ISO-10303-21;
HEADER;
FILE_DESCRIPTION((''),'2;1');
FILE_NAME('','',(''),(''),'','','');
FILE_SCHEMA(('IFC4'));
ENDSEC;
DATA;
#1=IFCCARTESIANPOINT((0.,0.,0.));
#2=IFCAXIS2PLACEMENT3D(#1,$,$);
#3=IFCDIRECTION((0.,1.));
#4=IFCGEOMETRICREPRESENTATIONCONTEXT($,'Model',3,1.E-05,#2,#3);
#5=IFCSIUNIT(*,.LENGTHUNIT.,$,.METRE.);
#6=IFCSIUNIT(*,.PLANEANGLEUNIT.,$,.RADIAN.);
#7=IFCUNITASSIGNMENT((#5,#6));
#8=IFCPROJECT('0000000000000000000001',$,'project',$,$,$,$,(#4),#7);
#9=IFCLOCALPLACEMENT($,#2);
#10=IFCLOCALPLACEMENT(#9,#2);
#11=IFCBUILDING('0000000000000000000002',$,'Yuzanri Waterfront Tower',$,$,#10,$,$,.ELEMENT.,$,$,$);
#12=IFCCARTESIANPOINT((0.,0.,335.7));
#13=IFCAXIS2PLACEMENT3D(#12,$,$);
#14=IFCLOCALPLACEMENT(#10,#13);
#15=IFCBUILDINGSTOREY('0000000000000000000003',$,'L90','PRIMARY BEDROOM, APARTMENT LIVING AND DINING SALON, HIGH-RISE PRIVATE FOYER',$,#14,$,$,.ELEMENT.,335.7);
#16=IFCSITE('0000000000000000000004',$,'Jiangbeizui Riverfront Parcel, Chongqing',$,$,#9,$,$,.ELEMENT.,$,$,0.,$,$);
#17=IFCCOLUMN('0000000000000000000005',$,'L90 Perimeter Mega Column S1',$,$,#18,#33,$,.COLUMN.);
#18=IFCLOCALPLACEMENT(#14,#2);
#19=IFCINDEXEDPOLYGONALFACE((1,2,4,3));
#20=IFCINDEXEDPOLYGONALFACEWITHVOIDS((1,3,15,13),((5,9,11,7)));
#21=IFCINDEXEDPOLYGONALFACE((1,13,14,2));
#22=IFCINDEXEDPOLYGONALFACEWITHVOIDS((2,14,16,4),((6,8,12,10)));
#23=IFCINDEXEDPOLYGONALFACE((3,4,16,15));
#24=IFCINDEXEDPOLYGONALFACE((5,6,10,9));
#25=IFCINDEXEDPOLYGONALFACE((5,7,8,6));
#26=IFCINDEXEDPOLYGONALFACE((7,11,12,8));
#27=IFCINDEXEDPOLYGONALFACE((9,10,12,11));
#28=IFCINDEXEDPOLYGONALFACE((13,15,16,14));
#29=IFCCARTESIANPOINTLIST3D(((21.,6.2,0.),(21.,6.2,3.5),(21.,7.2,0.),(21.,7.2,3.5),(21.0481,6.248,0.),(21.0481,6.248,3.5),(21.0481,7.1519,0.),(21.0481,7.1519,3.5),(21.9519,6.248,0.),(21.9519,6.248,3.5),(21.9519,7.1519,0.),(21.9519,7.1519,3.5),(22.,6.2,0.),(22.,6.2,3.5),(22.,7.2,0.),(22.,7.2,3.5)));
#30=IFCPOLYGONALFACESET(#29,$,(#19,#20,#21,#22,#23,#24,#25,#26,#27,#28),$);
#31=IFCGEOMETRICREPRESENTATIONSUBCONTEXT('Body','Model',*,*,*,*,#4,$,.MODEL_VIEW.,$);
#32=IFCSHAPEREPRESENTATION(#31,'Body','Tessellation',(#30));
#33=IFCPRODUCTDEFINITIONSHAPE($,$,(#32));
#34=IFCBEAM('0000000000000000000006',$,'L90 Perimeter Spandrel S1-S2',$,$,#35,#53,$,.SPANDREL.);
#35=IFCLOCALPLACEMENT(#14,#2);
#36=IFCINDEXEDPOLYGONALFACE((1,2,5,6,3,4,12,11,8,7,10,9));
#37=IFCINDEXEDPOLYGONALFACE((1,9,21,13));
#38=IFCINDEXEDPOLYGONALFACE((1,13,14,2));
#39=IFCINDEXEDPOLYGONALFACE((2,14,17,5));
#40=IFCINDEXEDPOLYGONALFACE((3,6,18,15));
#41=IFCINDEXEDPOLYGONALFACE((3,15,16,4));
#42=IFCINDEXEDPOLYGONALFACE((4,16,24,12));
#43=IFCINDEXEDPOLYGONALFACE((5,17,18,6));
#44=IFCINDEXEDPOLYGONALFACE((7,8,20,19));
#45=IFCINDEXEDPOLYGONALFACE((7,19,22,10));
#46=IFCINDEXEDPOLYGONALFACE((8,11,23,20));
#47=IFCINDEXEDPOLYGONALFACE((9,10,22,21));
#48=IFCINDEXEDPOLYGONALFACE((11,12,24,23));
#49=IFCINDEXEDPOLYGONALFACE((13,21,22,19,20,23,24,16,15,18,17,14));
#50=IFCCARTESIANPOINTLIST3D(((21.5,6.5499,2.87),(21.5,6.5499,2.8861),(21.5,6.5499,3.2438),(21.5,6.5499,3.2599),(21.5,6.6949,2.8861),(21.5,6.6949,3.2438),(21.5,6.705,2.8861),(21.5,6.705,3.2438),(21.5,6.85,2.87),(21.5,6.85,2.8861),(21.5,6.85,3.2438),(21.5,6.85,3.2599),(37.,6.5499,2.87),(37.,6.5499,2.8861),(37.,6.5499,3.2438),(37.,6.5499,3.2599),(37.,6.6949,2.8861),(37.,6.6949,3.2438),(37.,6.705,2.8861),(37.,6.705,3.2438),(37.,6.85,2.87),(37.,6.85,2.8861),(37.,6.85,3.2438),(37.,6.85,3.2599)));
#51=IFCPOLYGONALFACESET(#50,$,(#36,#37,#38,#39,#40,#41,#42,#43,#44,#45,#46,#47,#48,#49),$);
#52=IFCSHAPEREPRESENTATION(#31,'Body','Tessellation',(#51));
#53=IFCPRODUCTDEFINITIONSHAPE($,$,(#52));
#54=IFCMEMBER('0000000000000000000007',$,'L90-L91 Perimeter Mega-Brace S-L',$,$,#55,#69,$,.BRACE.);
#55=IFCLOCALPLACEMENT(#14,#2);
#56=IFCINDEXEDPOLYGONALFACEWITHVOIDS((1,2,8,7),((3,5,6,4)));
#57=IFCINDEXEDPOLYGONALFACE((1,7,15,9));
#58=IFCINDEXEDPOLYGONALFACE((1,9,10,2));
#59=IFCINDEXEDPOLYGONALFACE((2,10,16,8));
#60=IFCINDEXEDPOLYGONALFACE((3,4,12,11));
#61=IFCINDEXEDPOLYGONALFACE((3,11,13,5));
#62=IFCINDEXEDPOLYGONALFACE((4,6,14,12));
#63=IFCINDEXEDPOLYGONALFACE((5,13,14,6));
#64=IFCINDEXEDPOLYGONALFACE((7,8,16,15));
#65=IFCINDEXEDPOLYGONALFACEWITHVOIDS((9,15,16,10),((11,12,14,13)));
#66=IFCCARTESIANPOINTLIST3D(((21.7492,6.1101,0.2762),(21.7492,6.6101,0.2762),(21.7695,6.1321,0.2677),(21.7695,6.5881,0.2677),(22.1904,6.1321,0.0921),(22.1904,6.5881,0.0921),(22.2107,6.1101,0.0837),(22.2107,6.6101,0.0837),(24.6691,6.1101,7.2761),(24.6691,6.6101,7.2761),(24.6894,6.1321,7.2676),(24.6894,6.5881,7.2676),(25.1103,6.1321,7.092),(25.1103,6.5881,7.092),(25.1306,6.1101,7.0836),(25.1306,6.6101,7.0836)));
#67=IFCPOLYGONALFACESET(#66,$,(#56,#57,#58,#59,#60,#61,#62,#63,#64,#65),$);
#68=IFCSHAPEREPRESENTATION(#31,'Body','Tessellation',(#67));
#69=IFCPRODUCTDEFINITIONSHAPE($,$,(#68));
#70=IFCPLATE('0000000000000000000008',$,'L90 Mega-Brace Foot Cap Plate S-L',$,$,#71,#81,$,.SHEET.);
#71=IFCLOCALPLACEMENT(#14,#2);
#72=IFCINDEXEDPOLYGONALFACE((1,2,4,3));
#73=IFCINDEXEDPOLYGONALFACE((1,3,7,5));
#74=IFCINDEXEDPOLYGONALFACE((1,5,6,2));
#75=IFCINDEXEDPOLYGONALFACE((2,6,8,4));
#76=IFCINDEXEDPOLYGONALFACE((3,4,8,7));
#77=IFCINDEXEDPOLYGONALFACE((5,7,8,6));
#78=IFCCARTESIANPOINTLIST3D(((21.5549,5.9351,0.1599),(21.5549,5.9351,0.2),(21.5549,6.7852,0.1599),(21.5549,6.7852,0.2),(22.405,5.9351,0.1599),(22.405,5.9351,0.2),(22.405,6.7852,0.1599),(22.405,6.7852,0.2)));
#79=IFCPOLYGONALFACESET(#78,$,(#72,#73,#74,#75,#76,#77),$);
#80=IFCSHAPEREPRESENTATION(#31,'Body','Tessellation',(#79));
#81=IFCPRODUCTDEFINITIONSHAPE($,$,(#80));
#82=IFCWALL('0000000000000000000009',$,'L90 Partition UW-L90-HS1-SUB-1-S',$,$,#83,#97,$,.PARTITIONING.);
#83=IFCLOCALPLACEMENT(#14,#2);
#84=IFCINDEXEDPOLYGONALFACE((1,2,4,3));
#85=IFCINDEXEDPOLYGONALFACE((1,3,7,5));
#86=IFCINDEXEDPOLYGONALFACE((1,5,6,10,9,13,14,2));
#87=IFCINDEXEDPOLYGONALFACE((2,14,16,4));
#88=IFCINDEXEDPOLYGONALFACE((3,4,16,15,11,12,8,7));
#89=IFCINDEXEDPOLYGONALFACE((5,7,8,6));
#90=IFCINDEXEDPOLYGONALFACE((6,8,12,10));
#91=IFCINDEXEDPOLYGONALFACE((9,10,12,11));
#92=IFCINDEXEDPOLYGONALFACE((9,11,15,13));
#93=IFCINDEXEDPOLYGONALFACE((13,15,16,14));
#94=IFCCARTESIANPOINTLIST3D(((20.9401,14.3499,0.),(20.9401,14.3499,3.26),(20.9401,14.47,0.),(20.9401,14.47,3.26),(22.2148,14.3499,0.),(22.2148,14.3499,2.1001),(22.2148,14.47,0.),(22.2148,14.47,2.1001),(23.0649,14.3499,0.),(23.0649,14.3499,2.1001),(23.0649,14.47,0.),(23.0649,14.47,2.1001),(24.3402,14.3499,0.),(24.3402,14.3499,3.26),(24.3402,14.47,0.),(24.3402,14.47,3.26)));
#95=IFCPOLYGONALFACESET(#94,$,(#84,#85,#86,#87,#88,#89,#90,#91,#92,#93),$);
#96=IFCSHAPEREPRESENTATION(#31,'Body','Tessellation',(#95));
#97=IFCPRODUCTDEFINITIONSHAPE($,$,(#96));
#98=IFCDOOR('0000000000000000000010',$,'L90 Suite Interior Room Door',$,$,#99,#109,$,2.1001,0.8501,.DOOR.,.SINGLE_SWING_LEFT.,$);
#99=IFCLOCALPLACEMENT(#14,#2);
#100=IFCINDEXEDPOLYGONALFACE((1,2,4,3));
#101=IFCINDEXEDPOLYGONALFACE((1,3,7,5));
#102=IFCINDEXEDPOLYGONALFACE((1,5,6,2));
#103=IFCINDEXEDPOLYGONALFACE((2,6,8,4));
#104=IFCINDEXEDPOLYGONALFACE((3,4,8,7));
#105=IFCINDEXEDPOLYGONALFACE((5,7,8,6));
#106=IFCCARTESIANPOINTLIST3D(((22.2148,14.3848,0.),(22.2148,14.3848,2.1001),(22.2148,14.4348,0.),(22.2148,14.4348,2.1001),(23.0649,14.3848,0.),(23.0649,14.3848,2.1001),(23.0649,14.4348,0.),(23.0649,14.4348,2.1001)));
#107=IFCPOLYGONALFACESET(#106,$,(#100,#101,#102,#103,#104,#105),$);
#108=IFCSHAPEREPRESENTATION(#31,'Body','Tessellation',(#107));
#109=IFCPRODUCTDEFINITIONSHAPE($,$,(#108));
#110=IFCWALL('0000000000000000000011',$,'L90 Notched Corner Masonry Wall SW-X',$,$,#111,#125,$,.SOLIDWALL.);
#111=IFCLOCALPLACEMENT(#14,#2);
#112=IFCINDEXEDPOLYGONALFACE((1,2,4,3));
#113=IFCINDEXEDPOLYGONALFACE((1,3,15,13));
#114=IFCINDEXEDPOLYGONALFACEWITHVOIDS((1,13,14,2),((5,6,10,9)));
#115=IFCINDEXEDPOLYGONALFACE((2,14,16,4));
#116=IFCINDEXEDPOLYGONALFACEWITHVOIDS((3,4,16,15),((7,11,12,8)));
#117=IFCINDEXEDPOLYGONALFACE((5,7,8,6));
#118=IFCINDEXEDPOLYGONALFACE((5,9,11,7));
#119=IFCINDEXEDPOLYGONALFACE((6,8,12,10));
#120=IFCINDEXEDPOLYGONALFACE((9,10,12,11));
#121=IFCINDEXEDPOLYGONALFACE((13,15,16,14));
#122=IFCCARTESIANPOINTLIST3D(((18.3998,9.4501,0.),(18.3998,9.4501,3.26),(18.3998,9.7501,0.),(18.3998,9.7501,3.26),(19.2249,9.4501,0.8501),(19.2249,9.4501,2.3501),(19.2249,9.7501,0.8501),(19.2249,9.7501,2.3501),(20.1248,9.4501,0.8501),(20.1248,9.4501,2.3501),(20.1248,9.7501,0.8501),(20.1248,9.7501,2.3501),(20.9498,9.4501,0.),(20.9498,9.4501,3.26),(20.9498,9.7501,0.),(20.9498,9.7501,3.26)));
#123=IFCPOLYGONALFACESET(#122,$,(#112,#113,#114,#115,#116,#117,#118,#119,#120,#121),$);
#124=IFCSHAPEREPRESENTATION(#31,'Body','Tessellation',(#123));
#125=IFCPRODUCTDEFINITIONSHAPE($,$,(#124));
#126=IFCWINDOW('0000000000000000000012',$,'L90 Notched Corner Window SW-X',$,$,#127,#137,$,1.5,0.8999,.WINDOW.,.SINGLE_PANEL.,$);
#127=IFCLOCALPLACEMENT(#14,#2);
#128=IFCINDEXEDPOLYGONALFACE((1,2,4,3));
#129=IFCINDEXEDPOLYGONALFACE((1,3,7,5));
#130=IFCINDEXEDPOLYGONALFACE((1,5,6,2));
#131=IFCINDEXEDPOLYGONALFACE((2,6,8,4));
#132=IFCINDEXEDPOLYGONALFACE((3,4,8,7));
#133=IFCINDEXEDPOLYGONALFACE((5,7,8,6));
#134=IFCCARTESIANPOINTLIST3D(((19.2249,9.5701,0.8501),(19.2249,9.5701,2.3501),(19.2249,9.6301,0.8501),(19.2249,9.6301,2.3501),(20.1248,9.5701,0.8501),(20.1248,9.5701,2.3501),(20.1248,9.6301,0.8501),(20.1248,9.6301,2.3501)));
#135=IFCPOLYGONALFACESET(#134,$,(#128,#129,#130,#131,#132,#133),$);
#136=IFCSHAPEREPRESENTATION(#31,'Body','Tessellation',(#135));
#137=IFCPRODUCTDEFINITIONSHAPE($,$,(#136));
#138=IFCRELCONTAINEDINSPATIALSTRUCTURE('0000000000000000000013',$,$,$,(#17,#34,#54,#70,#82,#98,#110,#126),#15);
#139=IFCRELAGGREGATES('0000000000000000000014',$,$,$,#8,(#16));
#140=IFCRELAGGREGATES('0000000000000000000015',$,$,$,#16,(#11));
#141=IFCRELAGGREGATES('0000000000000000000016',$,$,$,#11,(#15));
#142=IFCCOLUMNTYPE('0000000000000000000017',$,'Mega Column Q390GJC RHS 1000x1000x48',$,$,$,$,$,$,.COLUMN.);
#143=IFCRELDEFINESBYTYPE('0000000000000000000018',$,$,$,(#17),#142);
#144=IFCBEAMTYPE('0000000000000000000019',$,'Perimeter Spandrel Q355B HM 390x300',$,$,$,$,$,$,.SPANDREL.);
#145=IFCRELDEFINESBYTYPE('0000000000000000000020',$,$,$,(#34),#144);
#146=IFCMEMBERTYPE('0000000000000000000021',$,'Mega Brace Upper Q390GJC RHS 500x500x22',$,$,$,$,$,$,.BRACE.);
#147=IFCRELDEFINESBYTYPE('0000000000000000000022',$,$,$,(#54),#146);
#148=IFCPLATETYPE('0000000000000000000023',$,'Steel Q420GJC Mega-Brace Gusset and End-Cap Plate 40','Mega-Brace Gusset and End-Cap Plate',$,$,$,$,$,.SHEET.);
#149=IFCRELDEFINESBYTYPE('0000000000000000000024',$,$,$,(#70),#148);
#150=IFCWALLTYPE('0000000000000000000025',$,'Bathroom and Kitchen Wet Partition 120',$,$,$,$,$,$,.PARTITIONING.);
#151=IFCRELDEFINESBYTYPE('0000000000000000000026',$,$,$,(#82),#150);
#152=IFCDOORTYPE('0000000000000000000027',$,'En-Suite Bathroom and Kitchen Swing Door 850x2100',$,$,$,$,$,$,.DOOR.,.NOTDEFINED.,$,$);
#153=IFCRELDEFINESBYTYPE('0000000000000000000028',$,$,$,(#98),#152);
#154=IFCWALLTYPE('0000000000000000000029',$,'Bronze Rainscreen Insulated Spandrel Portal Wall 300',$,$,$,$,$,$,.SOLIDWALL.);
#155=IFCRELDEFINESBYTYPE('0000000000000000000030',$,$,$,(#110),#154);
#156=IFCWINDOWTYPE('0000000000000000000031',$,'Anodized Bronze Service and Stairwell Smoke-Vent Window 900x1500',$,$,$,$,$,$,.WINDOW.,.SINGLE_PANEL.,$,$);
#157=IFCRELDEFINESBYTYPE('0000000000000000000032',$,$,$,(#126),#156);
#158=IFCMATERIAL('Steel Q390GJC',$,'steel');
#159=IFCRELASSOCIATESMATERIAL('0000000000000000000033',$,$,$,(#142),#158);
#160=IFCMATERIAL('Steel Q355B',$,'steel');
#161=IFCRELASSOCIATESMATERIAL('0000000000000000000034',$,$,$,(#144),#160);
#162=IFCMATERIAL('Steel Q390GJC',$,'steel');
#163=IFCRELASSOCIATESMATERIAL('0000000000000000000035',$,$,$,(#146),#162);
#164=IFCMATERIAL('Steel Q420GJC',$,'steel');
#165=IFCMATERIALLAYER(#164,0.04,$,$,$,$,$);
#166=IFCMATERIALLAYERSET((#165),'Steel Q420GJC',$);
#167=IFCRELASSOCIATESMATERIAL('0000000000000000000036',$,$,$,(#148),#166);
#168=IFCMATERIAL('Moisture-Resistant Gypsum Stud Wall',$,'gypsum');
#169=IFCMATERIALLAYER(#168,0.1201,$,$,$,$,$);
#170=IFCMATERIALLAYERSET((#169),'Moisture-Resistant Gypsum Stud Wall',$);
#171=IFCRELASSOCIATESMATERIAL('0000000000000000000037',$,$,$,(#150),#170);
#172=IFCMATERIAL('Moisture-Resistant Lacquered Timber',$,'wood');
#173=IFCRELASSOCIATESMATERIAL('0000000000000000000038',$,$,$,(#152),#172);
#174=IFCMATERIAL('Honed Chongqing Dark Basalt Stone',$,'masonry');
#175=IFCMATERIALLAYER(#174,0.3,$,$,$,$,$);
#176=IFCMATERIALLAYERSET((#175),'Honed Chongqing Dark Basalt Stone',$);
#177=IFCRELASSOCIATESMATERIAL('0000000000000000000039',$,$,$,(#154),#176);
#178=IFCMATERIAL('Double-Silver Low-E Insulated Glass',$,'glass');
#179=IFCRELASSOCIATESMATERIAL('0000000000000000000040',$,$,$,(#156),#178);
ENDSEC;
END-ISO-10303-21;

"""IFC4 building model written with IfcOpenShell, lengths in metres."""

from ifc_helpers import new_model, si_unit, direction, frame, frame_2d, origin, origin_2d, place, context, subcontext, project, spatial, rectangle, hollow_rectangle, i_section, extrude, source, transform, mapped, material, layer, layer_set, material_profile, profile_set, type_object, element, fill, save


model = new_model("IFC4")

# Units and contexts
model_context = context("Model", 3, precision=1e-05, world=origin(), true_north=direction((0.0, 1.0)))
body_context = subcontext(model_context, "Body", "Model", "MODEL_VIEW")
ifc_project = project(units=[si_unit("LENGTHUNIT", "METRE"), si_unit("PLANEANGLEUNIT", "RADIAN")], contexts=[model_context])

# Site, building, storey
site_placement = place(None, origin())
site = spatial("IfcSite", under=ifc_project, at=site_placement, Name="Jiangbeizui Riverfront Parcel, Chongqing", CompositionType="ELEMENT", RefElevation=0.0)
building_placement = place(site_placement, origin())
building = spatial("IfcBuilding", under=site, at=building_placement, Name="Yuzanri Waterfront Tower", CompositionType="ELEMENT")
storey_placement = place(building_placement, frame((0.0, 0.0, 335.7)))
storey = spatial("IfcBuildingStorey", under=building, at=storey_placement, Name="L90", Description="PRIMARY BEDROOM, APARTMENT LIVING AND DINING SALON, HIGH-RISE PRIVATE FOYER", CompositionType="ELEMENT", Elevation=335.7)

# Column
ifc_material_1 = material(Name="Steel Q390GJC", Category="steel")
ifc_material_profile_1 = material_profile(ifc_material_1, hollow_rectangle(XDim=1.0, YDim=1.0, WallThickness=0.0481, at=origin_2d()), Name="RHS 1000x1000x48")
ifc_profile_set_1 = profile_set([ifc_material_profile_1], Name="Steel Q390GJC")
column_type = type_object("IfcColumnType", Name="Mega Column Q390GJC RHS 1000x1000x48", PredefinedType="COLUMN", material=ifc_profile_set_1)
shared_shape_1 = source(origin(), body_context, "Body", "SweptSolid", [
    extrude(hollow_rectangle(XDim=1.0, YDim=1.0, WallThickness=0.0481, at=origin_2d()), origin(), (0.0, 0.0, 1.0), 3.5),
])
column_placement = place(storey_placement, frame((21.5, 6.7, 0.0), z_axis=(0.0, 0.0, 1.0), x_axis=(1.0, 0.0, 0.0)))
element("IfcColumn", 1, at=column_placement, inside=storey, type_object=column_type, Name="L90 Perimeter Mega Column S1", PredefinedType="COLUMN", context=body_context, shape_type="MappedRepresentation", body=[
    mapped(shared_shape_1, transform((0.0, 0.0, 0.0), scale=1.0)),
])

# Beam
ifc_material_2 = material(Name="Steel Q355B", Category="steel")
ifc_material_profile_2 = material_profile(ifc_material_2, i_section(OverallWidth=0.3, OverallDepth=0.3899, WebThickness=0.01, FlangeThickness=0.0161, at=origin_2d()), Name="HM 390x300x10x16")
ifc_profile_set_2 = profile_set([ifc_material_profile_2], Name="Steel Q355B")
beam_type = type_object("IfcBeamType", Name="Perimeter Spandrel Q355B HM 390x300", PredefinedType="SPANDREL", material=ifc_profile_set_2)
shared_shape_2 = source(origin(), body_context, "Body", "SweptSolid", [
    extrude(i_section(OverallWidth=0.3, OverallDepth=0.3899, WebThickness=0.01, FlangeThickness=0.0161, at=origin_2d()), origin(), (0.0, 0.0, 1.0), 15.5),
])
beam_placement = place(storey_placement, frame((21.5, 6.7, 3.0649), z_axis=(1.0, 0.0, 0.0), x_axis=(0.0, 1.0, 0.0)))
element("IfcBeam", 2, at=beam_placement, inside=storey, type_object=beam_type, Name="L90 Perimeter Spandrel S1-S2", PredefinedType="SPANDREL", context=body_context, shape_type="MappedRepresentation", body=[
    mapped(shared_shape_2, transform((0.0, 0.0, 0.0), scale=1.0)),
])

# Member
ifc_material_3 = material(Name="Steel Q390GJC", Category="steel")
ifc_material_profile_3 = material_profile(ifc_material_3, hollow_rectangle(XDim=0.5, YDim=0.5, WallThickness=0.022, at=origin_2d()), Name="RHS 500x500x22")
ifc_profile_set_3 = profile_set([ifc_material_profile_3], Name="Steel Q390GJC")
member_type = type_object("IfcMemberType", Name="Mega Brace Upper Q390GJC RHS 500x500x22", PredefinedType="BRACE", material=ifc_profile_set_3)
shared_shape_3 = source(origin(), body_context, "Body", "SweptSolid", [
    extrude(hollow_rectangle(XDim=0.5, YDim=0.5, WallThickness=0.022, at=origin_2d()), origin(), (0.0, 0.0, 1.0), 7.5845),
])
member_placement = place(storey_placement, frame((21.98, 6.3601, 0.1799), z_axis=(0.384981, 0.0, 0.922924), x_axis=(0.0, 1.0, 0.0)))
element("IfcMember", 3, at=member_placement, inside=storey, type_object=member_type, Name="L90-L91 Perimeter Mega-Brace S-L", PredefinedType="BRACE", context=body_context, shape_type="MappedRepresentation", body=[
    mapped(shared_shape_3, transform((0.0, 0.0, 0.0), scale=1.0)),
])

# Plate
ifc_material_4 = material(Name="Steel Q420GJC", Category="steel")
ifc_layer_1 = layer(ifc_material_4, 0.04)
ifc_layer_set_1 = layer_set([ifc_layer_1], Name="Steel Q420GJC")
plate_type = type_object("IfcPlateType", Name="Steel Q420GJC Mega-Brace Gusset and End-Cap Plate 40", Description="Mega-Brace Gusset and End-Cap Plate", PredefinedType="SHEET", material=ifc_layer_set_1)
shared_shape_4 = source(origin(), body_context, "Body", "SweptSolid", [
    extrude(rectangle(XDim=0.8501, YDim=0.8501, at=origin_2d()), origin(), (0.0, 0.0, 1.0), 0.04),
])
plate_placement = place(storey_placement, frame((21.98, 6.3601, 0.1599), z_axis=(0.0, 0.0, 1.0), x_axis=(1.0, 0.0, 0.0)))
element("IfcPlate", 4, at=plate_placement, inside=storey, type_object=plate_type, Name="L90 Mega-Brace Foot Cap Plate S-L", PredefinedType="SHEET", context=body_context, shape_type="MappedRepresentation", body=[
    mapped(shared_shape_4, transform((0.0, 0.0, 0.0), scale=1.0)),
])

# Wall, opening, door
ifc_material_5 = material(Name="Moisture-Resistant Gypsum Stud Wall", Category="gypsum")
ifc_layer_2 = layer(ifc_material_5, 0.1201)
ifc_layer_set_2 = layer_set([ifc_layer_2], Name="Moisture-Resistant Gypsum Stud Wall")
wall_type_1 = type_object("IfcWallType", Name="Bathroom and Kitchen Wet Partition 120", PredefinedType="PARTITIONING", material=ifc_layer_set_2)
wall_1_placement = place(storey_placement, frame((20.9399, 14.4099, 0.0), z_axis=(0.0, 0.0, 1.0), x_axis=(1.0, 0.0, 0.0)))
wall_1 = element("IfcWall", 5, at=wall_1_placement, inside=storey, type_object=wall_type_1, Name="L90 Partition UW-L90-HS1-SUB-1-S", PredefinedType="PARTITIONING", context=body_context, shape_type="SweptSolid", body=[
    extrude(rectangle(XDim=3.4001, YDim=0.1201, at=frame_2d((1.7002, 0.0))), origin(), (0.0, 0.0, 1.0), 3.26),
])
opening_1_placement = place(wall_1_placement, frame((1.2749, 0.0, 0.0)))
opening_1 = element("IfcOpeningElement", 6, at=opening_1_placement, cuts=wall_1, PredefinedType="OPENING", context=body_context, shape_type="SweptSolid", body=[
    extrude(rectangle(XDim=0.8501, YDim=2.1001, at=frame_2d((0.425, 1.05))), frame((0.0, 0.075, 0.0), z_axis=(0.0, -1.0, 0.0), x_axis=(1.0, 0.0, 0.0)), (0.0, 0.0, 1.0), 0.1499),
])
ifc_material_6 = material(Name="Moisture-Resistant Lacquered Timber", Category="wood")
door_type_1 = type_object("IfcDoorType", Name="En-Suite Bathroom and Kitchen Swing Door 850x2100", OperationType="NOTDEFINED", PredefinedType="DOOR", material=ifc_material_6)
shared_shape_5 = source(origin(), body_context, "Body", "SweptSolid", [
    extrude(rectangle(XDim=0.8501, YDim=2.1001, at=frame_2d((0.425, 1.05))), frame((0.0, 0.0249, 0.0), z_axis=(0.0, -1.0, 0.0), x_axis=(1.0, 0.0, 0.0)), (0.0, 0.0, 1.0), 0.05),
])
door_1_placement = place(opening_1_placement, origin())
door_1 = element("IfcDoor", 7, at=door_1_placement, inside=storey, type_object=door_type_1, Name="L90 Suite Interior Room Door", OperationType="SINGLE_SWING_LEFT", OverallHeight=2.1001, OverallWidth=0.8501, PredefinedType="DOOR", context=body_context, shape_type="MappedRepresentation", body=[
    mapped(shared_shape_5, transform((0.0, 0.0, 0.0), scale=1.0)),
])
fill(opening_1, door_1)

# Wall, opening, window
ifc_material_7 = material(Name="Honed Chongqing Dark Basalt Stone", Category="masonry")
ifc_layer_3 = layer(ifc_material_7, 0.3)
ifc_layer_set_3 = layer_set([ifc_layer_3], Name="Honed Chongqing Dark Basalt Stone")
wall_type_2 = type_object("IfcWallType", Name="Bronze Rainscreen Insulated Spandrel Portal Wall 300", PredefinedType="SOLIDWALL", material=ifc_layer_set_3)
wall_2_placement = place(storey_placement, frame((18.3999, 9.6001, 0.0), z_axis=(0.0, 0.0, 1.0), x_axis=(1.0, 0.0, 0.0)))
wall_2 = element("IfcWall", 8, at=wall_2_placement, inside=storey, type_object=wall_type_2, Name="L90 Notched Corner Masonry Wall SW-X", PredefinedType="SOLIDWALL", context=body_context, shape_type="SweptSolid", body=[
    extrude(rectangle(XDim=2.55, YDim=0.3, at=frame_2d((1.2749, 0.0))), origin(), (0.0, 0.0, 1.0), 3.26),
])
opening_2_placement = place(wall_2_placement, frame((0.825, 0.0, 0.8501)))
opening_2 = element("IfcOpeningElement", 9, at=opening_2_placement, cuts=wall_2, PredefinedType="OPENING", context=body_context, shape_type="SweptSolid", body=[
    extrude(rectangle(XDim=0.8999, YDim=1.5, at=frame_2d((0.45, 0.75))), frame((0.0, 0.165, 0.0), z_axis=(0.0, -1.0, 0.0), x_axis=(1.0, 0.0, 0.0)), (0.0, 0.0, 1.0), 0.3298),
])
ifc_material_8 = material(Name="Double-Silver Low-E Insulated Glass", Category="glass")
window_type_1 = type_object("IfcWindowType", Name="Anodized Bronze Service and Stairwell Smoke-Vent Window 900x1500", PartitioningType="SINGLE_PANEL", PredefinedType="WINDOW", material=ifc_material_8)
shared_shape_6 = source(origin(), body_context, "Body", "SweptSolid", [
    extrude(rectangle(XDim=0.8999, YDim=1.5, at=frame_2d((0.45, 0.75))), frame((0.0, 0.03, 0.0), z_axis=(0.0, -1.0, 0.0), x_axis=(1.0, 0.0, 0.0)), (0.0, 0.0, 1.0), 0.0601),
])
window_1_placement = place(opening_2_placement, origin())
window_1 = element("IfcWindow", 10, at=window_1_placement, inside=storey, type_object=window_type_1, Name="L90 Notched Corner Window SW-X", OverallHeight=1.5, OverallWidth=0.8999, PartitioningType="SINGLE_PANEL", PredefinedType="WINDOW", context=body_context, shape_type="MappedRepresentation", body=[
    mapped(shared_shape_6, transform((0.0, 0.0, 0.0), scale=1.0)),
])
fill(opening_2, window_1)

save(model, "model.ifc")
